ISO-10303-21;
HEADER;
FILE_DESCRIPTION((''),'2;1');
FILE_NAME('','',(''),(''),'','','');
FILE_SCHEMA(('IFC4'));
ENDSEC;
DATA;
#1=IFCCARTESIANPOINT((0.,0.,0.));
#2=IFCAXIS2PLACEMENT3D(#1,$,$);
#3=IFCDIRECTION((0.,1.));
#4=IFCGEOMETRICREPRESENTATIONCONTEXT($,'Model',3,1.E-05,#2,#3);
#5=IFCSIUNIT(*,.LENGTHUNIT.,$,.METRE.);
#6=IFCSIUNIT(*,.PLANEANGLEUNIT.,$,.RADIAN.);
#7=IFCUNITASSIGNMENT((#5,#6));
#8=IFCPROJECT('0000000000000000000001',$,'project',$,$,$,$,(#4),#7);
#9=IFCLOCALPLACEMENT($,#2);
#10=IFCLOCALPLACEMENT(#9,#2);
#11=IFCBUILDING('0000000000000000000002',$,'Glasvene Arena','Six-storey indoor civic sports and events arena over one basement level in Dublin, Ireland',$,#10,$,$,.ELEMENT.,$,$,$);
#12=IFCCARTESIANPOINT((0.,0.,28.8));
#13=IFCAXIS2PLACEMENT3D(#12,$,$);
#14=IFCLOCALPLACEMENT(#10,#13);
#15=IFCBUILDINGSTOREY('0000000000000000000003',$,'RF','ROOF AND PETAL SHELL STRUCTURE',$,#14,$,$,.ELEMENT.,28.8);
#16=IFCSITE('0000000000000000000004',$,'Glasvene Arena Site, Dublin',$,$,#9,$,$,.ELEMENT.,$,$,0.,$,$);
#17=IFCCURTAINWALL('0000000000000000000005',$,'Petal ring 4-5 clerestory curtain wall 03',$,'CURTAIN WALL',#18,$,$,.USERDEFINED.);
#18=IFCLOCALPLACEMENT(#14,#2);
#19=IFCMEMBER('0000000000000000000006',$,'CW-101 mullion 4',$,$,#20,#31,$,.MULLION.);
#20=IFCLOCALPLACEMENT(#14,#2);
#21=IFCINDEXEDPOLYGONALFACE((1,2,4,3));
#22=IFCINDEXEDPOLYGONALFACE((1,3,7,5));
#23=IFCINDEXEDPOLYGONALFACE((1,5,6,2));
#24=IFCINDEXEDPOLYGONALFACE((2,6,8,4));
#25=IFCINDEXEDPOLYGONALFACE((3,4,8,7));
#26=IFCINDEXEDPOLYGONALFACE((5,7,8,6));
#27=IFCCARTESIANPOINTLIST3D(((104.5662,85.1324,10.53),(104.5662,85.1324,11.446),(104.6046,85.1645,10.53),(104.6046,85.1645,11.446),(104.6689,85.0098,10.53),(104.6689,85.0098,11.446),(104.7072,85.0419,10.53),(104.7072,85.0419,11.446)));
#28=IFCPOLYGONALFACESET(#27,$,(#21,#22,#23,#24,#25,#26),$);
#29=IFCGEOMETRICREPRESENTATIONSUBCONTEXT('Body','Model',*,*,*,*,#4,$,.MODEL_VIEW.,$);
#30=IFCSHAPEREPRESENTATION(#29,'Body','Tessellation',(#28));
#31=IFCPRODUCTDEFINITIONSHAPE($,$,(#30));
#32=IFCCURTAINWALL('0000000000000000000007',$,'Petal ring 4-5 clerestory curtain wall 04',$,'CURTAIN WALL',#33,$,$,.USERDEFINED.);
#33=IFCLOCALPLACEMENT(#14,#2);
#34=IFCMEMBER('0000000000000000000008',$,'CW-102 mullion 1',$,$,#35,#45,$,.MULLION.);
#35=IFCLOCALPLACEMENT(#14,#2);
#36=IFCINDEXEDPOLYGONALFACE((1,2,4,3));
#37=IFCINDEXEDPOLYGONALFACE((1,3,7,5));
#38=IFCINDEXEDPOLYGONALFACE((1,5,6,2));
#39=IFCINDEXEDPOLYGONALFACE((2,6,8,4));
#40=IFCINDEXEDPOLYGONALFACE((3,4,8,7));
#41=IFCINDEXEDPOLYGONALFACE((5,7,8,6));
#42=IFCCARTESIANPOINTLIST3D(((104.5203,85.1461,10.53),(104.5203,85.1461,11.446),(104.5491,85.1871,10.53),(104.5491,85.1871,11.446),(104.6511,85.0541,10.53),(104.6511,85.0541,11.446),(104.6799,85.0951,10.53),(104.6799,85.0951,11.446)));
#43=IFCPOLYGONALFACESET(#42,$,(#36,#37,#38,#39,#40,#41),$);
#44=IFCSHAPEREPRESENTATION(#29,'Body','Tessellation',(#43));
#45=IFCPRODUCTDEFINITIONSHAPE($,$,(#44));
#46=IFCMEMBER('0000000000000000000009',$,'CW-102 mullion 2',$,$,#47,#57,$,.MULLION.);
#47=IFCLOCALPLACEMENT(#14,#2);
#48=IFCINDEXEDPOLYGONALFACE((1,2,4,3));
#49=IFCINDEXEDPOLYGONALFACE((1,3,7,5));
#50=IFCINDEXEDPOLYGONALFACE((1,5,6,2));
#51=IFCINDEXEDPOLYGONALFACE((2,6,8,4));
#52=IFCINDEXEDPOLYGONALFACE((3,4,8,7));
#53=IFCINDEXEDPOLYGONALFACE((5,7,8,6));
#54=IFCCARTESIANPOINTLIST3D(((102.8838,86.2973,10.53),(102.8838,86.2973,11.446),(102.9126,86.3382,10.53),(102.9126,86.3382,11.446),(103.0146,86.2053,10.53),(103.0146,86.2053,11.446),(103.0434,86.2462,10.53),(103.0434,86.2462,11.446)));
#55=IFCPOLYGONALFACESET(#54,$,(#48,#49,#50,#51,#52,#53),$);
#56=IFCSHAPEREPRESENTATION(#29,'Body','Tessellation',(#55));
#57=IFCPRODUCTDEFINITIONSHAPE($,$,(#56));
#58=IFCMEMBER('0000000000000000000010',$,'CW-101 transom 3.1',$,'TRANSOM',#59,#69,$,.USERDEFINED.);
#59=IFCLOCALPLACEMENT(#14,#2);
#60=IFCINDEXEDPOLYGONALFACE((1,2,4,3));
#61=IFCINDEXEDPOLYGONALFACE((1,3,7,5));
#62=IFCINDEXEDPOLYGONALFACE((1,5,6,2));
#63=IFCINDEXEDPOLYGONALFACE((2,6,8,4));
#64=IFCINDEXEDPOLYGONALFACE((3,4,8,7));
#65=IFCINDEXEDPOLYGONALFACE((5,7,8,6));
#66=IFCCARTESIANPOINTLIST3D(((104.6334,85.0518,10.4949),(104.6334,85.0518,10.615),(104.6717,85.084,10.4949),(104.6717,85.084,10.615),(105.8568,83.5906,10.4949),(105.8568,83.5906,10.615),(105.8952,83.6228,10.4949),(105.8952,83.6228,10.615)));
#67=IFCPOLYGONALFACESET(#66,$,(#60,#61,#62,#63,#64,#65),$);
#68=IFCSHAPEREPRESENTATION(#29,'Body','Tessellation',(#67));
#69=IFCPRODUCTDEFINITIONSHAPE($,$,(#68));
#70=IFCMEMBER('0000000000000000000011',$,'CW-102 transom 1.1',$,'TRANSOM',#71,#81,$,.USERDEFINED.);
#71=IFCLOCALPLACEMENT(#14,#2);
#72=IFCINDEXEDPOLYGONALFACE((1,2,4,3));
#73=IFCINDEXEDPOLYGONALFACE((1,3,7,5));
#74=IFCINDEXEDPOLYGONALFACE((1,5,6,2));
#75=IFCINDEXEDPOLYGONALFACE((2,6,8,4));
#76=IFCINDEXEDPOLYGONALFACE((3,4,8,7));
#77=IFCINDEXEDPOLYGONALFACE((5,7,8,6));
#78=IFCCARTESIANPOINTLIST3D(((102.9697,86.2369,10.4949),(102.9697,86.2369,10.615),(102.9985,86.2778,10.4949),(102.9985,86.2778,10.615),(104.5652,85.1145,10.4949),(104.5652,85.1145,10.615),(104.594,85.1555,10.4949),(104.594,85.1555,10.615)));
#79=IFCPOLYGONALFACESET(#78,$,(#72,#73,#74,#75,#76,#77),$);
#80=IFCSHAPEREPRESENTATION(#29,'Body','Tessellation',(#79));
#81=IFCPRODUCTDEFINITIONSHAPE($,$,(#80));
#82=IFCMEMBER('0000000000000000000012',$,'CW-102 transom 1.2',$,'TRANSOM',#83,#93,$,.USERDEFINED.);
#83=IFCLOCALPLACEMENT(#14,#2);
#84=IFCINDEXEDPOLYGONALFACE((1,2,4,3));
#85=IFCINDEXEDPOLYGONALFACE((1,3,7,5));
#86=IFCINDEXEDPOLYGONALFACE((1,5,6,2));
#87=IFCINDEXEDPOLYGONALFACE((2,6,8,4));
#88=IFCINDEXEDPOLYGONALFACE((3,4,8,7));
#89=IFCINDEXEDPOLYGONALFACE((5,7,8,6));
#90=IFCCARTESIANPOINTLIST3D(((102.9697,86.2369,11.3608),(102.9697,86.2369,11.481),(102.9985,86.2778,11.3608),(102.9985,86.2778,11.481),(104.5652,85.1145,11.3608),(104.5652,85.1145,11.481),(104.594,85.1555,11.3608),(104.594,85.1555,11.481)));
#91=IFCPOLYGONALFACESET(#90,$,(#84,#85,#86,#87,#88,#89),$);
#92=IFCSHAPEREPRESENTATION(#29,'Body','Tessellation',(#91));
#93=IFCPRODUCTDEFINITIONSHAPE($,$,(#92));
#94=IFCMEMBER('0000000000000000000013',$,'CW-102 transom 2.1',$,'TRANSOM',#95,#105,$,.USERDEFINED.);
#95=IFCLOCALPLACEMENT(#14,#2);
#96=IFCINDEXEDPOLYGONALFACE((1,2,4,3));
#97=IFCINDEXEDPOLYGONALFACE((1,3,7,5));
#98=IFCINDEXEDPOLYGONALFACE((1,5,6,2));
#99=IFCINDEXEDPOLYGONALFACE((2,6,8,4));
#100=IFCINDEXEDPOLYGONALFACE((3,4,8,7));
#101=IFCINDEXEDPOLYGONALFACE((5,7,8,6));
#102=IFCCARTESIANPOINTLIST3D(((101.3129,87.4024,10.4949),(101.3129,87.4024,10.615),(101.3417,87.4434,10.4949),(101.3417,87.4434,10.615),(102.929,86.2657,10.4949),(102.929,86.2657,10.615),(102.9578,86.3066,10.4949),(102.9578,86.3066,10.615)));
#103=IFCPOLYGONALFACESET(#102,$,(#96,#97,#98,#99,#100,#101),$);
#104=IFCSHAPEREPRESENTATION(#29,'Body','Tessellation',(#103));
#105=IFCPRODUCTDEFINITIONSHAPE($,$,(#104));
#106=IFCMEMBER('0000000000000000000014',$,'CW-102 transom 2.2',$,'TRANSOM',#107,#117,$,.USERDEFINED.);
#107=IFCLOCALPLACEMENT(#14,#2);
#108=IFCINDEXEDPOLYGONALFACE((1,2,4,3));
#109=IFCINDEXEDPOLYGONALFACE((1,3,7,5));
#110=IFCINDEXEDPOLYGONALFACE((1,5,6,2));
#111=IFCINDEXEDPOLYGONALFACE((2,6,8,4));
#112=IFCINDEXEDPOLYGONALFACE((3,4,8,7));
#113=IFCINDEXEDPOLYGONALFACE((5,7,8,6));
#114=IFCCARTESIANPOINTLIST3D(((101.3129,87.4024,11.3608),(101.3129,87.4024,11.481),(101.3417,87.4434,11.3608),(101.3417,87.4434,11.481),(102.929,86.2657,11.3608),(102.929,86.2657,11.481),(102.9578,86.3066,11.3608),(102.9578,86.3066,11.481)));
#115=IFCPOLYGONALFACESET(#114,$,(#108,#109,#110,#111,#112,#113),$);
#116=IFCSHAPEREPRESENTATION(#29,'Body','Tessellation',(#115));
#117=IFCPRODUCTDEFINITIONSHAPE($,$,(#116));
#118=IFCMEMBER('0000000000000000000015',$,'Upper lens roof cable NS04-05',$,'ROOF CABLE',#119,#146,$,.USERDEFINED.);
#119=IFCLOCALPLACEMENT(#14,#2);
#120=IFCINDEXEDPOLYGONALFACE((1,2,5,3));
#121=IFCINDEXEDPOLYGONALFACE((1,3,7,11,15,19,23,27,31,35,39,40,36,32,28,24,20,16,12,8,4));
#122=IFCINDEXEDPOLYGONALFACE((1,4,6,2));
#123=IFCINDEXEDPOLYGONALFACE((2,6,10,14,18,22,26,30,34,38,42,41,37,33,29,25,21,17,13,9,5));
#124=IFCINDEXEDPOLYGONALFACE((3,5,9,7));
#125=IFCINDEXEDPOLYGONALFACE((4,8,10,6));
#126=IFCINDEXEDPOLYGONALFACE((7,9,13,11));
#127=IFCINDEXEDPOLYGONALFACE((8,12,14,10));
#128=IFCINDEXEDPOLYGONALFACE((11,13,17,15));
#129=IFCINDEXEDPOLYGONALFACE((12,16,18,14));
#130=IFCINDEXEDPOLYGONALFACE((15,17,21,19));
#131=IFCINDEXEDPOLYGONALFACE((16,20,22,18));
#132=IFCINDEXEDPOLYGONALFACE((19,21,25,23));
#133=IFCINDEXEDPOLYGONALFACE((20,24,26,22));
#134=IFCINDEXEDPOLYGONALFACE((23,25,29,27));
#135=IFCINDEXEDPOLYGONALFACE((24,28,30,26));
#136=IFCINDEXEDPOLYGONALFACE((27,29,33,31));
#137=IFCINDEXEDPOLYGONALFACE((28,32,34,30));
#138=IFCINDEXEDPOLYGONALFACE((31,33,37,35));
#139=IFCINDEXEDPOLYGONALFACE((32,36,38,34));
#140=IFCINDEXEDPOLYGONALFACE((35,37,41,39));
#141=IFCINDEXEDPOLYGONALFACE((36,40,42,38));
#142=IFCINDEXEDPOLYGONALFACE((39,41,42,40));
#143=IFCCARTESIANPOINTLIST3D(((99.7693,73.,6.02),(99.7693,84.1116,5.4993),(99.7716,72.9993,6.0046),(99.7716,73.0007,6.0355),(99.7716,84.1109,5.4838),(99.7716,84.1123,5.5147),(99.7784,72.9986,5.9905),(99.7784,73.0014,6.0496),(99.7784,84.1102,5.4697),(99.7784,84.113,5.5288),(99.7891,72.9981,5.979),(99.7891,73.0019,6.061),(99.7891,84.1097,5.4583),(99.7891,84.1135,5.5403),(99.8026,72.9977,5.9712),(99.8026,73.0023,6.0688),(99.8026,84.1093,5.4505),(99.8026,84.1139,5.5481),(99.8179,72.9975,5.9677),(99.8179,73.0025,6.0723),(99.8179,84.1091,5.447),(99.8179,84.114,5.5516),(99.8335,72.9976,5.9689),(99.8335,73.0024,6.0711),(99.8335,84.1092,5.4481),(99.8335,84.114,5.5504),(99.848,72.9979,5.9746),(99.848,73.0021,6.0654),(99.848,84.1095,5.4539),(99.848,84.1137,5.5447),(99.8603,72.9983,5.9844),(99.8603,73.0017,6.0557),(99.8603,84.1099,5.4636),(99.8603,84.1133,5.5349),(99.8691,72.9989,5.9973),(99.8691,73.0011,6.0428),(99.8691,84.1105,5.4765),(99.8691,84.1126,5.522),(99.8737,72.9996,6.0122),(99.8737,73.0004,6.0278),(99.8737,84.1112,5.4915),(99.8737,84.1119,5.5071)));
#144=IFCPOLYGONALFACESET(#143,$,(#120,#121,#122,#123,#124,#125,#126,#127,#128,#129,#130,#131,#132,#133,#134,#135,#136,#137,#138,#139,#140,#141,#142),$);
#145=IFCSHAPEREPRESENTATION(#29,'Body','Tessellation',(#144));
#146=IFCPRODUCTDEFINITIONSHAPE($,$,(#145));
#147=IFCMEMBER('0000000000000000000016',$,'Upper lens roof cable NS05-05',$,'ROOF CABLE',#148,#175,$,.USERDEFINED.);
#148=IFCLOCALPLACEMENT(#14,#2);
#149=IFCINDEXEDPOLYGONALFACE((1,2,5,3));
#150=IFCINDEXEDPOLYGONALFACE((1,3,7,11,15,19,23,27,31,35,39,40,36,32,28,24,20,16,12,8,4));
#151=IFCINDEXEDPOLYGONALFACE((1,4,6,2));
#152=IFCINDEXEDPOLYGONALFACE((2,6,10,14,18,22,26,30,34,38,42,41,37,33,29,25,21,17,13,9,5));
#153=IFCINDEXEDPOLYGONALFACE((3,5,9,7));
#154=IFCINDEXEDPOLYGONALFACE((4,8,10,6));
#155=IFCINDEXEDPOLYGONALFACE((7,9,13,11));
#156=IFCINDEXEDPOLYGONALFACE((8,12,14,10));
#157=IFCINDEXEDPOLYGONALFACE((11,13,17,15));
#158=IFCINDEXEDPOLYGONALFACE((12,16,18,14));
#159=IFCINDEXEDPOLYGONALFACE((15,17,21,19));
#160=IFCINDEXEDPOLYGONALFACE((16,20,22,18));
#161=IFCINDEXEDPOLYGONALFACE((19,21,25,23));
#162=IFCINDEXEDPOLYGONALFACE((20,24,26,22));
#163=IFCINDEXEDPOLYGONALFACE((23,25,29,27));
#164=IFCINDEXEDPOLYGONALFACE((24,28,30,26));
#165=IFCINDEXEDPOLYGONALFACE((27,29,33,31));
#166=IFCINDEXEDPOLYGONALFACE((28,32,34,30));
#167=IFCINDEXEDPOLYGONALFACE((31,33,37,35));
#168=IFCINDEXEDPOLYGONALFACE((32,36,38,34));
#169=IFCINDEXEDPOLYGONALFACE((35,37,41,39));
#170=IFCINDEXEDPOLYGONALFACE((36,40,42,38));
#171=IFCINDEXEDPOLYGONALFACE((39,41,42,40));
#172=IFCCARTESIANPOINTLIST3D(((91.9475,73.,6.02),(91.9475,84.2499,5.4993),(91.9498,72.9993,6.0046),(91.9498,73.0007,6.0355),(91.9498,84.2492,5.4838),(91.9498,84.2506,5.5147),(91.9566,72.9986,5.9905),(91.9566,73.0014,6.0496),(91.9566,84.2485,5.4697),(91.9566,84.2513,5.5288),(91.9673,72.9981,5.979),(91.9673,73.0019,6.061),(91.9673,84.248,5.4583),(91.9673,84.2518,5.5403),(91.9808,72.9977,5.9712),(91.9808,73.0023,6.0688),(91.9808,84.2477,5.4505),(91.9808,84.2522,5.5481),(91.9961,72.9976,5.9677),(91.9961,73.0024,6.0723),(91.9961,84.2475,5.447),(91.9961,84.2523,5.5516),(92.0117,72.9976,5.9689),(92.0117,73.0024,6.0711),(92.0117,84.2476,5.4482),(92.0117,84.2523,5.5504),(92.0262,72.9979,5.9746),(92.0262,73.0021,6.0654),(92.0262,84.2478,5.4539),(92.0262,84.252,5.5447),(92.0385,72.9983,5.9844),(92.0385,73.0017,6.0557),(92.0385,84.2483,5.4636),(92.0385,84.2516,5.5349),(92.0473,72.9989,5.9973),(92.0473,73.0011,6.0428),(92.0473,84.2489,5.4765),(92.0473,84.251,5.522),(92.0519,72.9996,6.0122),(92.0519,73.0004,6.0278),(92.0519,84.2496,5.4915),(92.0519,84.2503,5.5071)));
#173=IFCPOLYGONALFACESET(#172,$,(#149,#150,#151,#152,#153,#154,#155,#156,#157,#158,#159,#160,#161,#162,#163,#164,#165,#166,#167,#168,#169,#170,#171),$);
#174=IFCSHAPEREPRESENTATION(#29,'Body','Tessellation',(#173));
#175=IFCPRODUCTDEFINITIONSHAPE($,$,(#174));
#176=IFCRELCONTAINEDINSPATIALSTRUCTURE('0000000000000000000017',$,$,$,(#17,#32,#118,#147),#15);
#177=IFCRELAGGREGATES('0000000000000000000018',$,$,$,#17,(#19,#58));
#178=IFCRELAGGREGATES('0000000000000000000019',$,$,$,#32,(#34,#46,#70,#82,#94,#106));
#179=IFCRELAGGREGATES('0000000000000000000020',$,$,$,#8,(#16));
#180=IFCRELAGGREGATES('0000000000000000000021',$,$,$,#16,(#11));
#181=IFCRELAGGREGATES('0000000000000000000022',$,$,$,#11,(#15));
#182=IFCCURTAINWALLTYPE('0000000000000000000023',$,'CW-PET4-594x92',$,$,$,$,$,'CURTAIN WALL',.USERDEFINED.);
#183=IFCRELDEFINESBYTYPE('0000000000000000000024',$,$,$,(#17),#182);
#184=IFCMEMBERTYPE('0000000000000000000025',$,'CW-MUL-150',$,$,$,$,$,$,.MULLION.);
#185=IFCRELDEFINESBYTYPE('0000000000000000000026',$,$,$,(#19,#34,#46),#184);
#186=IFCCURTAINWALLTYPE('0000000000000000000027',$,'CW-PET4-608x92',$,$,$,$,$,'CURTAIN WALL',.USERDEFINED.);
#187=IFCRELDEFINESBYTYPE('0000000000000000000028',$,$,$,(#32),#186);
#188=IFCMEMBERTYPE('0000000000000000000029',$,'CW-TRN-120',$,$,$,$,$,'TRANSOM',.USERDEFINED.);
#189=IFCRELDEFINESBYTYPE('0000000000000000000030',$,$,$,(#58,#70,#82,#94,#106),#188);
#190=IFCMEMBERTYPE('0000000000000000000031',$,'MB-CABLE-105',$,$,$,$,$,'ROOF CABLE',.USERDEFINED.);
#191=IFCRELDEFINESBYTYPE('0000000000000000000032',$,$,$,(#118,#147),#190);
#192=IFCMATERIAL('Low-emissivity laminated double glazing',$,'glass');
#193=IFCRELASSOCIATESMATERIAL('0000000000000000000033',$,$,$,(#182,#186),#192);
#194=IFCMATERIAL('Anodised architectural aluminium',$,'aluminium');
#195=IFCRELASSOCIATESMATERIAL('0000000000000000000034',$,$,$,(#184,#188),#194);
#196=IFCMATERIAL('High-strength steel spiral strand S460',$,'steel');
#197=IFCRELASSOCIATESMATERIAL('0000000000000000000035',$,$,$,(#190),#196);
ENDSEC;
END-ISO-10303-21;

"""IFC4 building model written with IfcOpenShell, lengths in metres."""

from ifc_helpers import new_model, si_unit, direction, frame, origin, origin_2d, place, context, subcontext, project, spatial, rectangle, circle, extrude, material, material_profile, profile_set, type_object, element, aggregate, save


model = new_model("IFC4")

# Units and contexts
model_context = context("Model", 3, precision=1e-05, world=origin(), true_north=direction((0.0, 1.0)))
body_context = subcontext(model_context, "Body", "Model", "MODEL_VIEW")
ifc_project = project(units=[si_unit("LENGTHUNIT", "METRE"), si_unit("PLANEANGLEUNIT", "RADIAN")], contexts=[model_context])

# Site, building, storey
site_placement = place(None, origin())
site = spatial("IfcSite", under=ifc_project, at=site_placement, Name="Glasvene Arena Site, Dublin", CompositionType="ELEMENT", RefElevation=0.0)
building_placement = place(site_placement, origin())
building = spatial("IfcBuilding", under=site, at=building_placement, Name="Glasvene Arena", Description="Six-storey indoor civic sports and events arena over one basement level in Dublin, Ireland", CompositionType="ELEMENT")
storey_placement = place(building_placement, frame((0.0, 0.0, 28.8)))
storey = spatial("IfcBuildingStorey", under=building, at=storey_placement, Name="RF", Description="ROOF AND PETAL SHELL STRUCTURE", CompositionType="ELEMENT", Elevation=28.8)

# Curtain wall, member
ifc_material_1 = material(Name="Low-emissivity laminated double glazing", Category="glass")
curtain_wall_type_1 = type_object("IfcCurtainWallType", Name="CW-PET4-594x92", ElementType="CURTAIN WALL", PredefinedType="USERDEFINED", material=ifc_material_1)
curtain_wall_1_placement = place(storey_placement, frame((108.4346, 80.55, 0.0)))
curtain_wall_1 = element("IfcCurtainWall", 1, at=curtain_wall_1_placement, inside=storey, type_object=curtain_wall_type_1, Name="Petal ring 4-5 clerestory curtain wall 03", ObjectType="CURTAIN WALL", PredefinedType="USERDEFINED")
ifc_material_2 = material(Name="Anodised architectural aluminium", Category="aluminium")
ifc_material_profile_1 = material_profile(ifc_material_2, rectangle(XDim=0.05, YDim=0.1599, at=origin_2d()), Name="ALU MULLION 50x160")
ifc_profile_set_1 = profile_set([ifc_material_profile_1], Name="Anodised architectural aluminium")
member_type_1 = type_object("IfcMemberType", Name="CW-MUL-150", PredefinedType="MULLION", material=ifc_profile_set_1)
member_1_placement = place(storey_placement, frame((104.6367, 85.0872, 10.53), z_axis=(0.0, 0.0, 1.0), x_axis=(-0.766805, -0.64188, 0.0)))
member_1 = element("IfcMember", 2, at=member_1_placement, type_object=member_type_1, Name="CW-101 mullion 4", PredefinedType="MULLION", context=body_context, shape_type="SweptSolid", body=[
    extrude(rectangle(XDim=0.05, YDim=0.1599, at=origin_2d()), origin(), (0.0, 0.0, 1.0), 0.916),
])

# Curtain wall, members
curtain_wall_type_2 = type_object("IfcCurtainWallType", Name="CW-PET4-608x92", ElementType="CURTAIN WALL", PredefinedType="USERDEFINED", material=ifc_material_1)
curtain_wall_2_placement = place(storey_placement, frame((104.6206, 85.1062, 0.0)))
curtain_wall_2 = element("IfcCurtainWall", 3, at=curtain_wall_2_placement, inside=storey, type_object=curtain_wall_type_2, Name="Petal ring 4-5 clerestory curtain wall 04", ObjectType="CURTAIN WALL", PredefinedType="USERDEFINED")
member_2_placement = place(storey_placement, frame((104.6001, 85.1206, 10.53), z_axis=(0.0, 0.0, 1.0), x_axis=(-0.575325, -0.817925, 0.0)))
member_2 = element("IfcMember", 4, at=member_2_placement, type_object=member_type_1, Name="CW-102 mullion 1", PredefinedType="MULLION", context=body_context, shape_type="SweptSolid", body=[
    extrude(rectangle(XDim=0.05, YDim=0.1599, at=origin_2d()), origin(), (0.0, 0.0, 1.0), 0.916),
])
member_3_placement = place(storey_placement, frame((102.9636, 86.2717, 10.53), z_axis=(0.0, 0.0, 1.0), x_axis=(-0.575325, -0.817925, 0.0)))
member_3 = element("IfcMember", 5, at=member_3_placement, type_object=member_type_1, Name="CW-102 mullion 2", PredefinedType="MULLION", context=body_context, shape_type="SweptSolid", body=[
    extrude(rectangle(XDim=0.05, YDim=0.1599, at=origin_2d()), origin(), (0.0, 0.0, 1.0), 0.916),
])

# Members
ifc_material_profile_2 = material_profile(ifc_material_2, rectangle(XDim=0.05, YDim=0.1201, at=origin_2d()), Name="ALU TRANSOM 50x120")
ifc_profile_set_2 = profile_set([ifc_material_profile_2], Name="Anodised architectural aluminium")
member_type_2 = type_object("IfcMemberType", Name="CW-TRN-120", ElementType="TRANSOM", PredefinedType="USERDEFINED", material=ifc_profile_set_2)
member_4_placement = place(storey_placement, frame((105.876, 83.6067, 10.5549), z_axis=(-0.641959, 0.766739, 0.0), x_axis=(-0.766739, -0.641959, 0.0)))
member_4 = element("IfcMember", 6, at=member_4_placement, type_object=member_type_2, Name="CW-101 transom 3.1", ObjectType="TRANSOM", PredefinedType="USERDEFINED", context=body_context, shape_type="SweptSolid", body=[
    extrude(rectangle(XDim=0.05, YDim=0.1201, at=origin_2d()), origin(), (0.0, 0.0, 1.0), 1.9058),
])
member_5_placement = place(storey_placement, frame((104.5796, 85.135, 10.5549), z_axis=(-0.817907, 0.575351, 0.0), x_axis=(-0.575351, -0.817907, 0.0)))
member_5 = element("IfcMember", 7, at=member_5_placement, type_object=member_type_2, Name="CW-102 transom 1.1", ObjectType="TRANSOM", PredefinedType="USERDEFINED", context=body_context, shape_type="SweptSolid", body=[
    extrude(rectangle(XDim=0.05, YDim=0.1201, at=origin_2d()), origin(), (0.0, 0.0, 1.0), 1.9507),
])
member_6_placement = place(storey_placement, frame((104.5796, 85.135, 11.4209), z_axis=(-0.817907, 0.575351, 0.0), x_axis=(-0.575351, -0.817907, 0.0)))
member_6 = element("IfcMember", 8, at=member_6_placement, type_object=member_type_2, Name="CW-102 transom 1.2", ObjectType="TRANSOM", PredefinedType="USERDEFINED", context=body_context, shape_type="SweptSolid", body=[
    extrude(rectangle(XDim=0.05, YDim=0.1201, at=origin_2d()), origin(), (0.0, 0.0, 1.0), 1.9507),
])
member_7_placement = place(storey_placement, frame((102.9434, 86.2861, 10.5549), z_axis=(-0.817912, 0.575343, 0.0), x_axis=(-0.575343, -0.817912, 0.0)))
member_7 = element("IfcMember", 9, at=member_7_placement, type_object=member_type_2, Name="CW-102 transom 2.1", ObjectType="TRANSOM", PredefinedType="USERDEFINED", context=body_context, shape_type="SweptSolid", body=[
    extrude(rectangle(XDim=0.05, YDim=0.1201, at=origin_2d()), origin(), (0.0, 0.0, 1.0), 1.9758),
])
member_8_placement = place(storey_placement, frame((102.9434, 86.2861, 11.4209), z_axis=(-0.817912, 0.575343, 0.0), x_axis=(-0.575343, -0.817912, 0.0)))
member_8 = element("IfcMember", 10, at=member_8_placement, type_object=member_type_2, Name="CW-102 transom 2.2", ObjectType="TRANSOM", PredefinedType="USERDEFINED", context=body_context, shape_type="SweptSolid", body=[
    extrude(rectangle(XDim=0.05, YDim=0.1201, at=origin_2d()), origin(), (0.0, 0.0, 1.0), 1.9758),
])

# Members
ifc_material_3 = material(Name="High-strength steel spiral strand S460", Category="steel")
ifc_material_profile_3 = material_profile(ifc_material_3, circle(Radius=0.0525, at=origin_2d()), Name="LCSS D105")
ifc_profile_set_3 = profile_set([ifc_material_profile_3], Name="High-strength steel spiral strand S460")
member_type_3 = type_object("IfcMemberType", Name="MB-CABLE-105", ElementType="ROOF CABLE", PredefinedType="USERDEFINED", material=ifc_profile_set_3)
member_9_placement = place(storey_placement, frame((99.8218, 73.0, 6.02), z_axis=(0.0, 0.998904, -0.046814), x_axis=(-1.0, 0.0, 0.0)))
element("IfcMember", 11, at=member_9_placement, inside=storey, type_object=member_type_3, Name="Upper lens roof cable NS04-05", ObjectType="ROOF CABLE", PredefinedType="USERDEFINED", context=body_context, shape_type="SweptSolid", body=[
    extrude(circle(Radius=0.0525, at=origin_2d()), origin(), (0.0, 0.0, 1.0), 11.1238),
])
member_10_placement = place(storey_placement, frame((92.0, 73.0, 6.02), z_axis=(0.0, 0.99893, -0.04624), x_axis=(-1.0, 0.0, 0.0)))
element("IfcMember", 12, at=member_10_placement, inside=storey, type_object=member_type_3, Name="Upper lens roof cable NS05-05", ObjectType="ROOF CABLE", PredefinedType="USERDEFINED", context=body_context, shape_type="SweptSolid", body=[
    extrude(circle(Radius=0.0525, at=origin_2d()), origin(), (0.0, 0.0, 1.0), 11.262),
])

aggregate(curtain_wall_1, [member_1, member_4])
aggregate(curtain_wall_2, [member_2, member_3, member_5, member_6, member_7, member_8])

save(model, "model.ifc")
